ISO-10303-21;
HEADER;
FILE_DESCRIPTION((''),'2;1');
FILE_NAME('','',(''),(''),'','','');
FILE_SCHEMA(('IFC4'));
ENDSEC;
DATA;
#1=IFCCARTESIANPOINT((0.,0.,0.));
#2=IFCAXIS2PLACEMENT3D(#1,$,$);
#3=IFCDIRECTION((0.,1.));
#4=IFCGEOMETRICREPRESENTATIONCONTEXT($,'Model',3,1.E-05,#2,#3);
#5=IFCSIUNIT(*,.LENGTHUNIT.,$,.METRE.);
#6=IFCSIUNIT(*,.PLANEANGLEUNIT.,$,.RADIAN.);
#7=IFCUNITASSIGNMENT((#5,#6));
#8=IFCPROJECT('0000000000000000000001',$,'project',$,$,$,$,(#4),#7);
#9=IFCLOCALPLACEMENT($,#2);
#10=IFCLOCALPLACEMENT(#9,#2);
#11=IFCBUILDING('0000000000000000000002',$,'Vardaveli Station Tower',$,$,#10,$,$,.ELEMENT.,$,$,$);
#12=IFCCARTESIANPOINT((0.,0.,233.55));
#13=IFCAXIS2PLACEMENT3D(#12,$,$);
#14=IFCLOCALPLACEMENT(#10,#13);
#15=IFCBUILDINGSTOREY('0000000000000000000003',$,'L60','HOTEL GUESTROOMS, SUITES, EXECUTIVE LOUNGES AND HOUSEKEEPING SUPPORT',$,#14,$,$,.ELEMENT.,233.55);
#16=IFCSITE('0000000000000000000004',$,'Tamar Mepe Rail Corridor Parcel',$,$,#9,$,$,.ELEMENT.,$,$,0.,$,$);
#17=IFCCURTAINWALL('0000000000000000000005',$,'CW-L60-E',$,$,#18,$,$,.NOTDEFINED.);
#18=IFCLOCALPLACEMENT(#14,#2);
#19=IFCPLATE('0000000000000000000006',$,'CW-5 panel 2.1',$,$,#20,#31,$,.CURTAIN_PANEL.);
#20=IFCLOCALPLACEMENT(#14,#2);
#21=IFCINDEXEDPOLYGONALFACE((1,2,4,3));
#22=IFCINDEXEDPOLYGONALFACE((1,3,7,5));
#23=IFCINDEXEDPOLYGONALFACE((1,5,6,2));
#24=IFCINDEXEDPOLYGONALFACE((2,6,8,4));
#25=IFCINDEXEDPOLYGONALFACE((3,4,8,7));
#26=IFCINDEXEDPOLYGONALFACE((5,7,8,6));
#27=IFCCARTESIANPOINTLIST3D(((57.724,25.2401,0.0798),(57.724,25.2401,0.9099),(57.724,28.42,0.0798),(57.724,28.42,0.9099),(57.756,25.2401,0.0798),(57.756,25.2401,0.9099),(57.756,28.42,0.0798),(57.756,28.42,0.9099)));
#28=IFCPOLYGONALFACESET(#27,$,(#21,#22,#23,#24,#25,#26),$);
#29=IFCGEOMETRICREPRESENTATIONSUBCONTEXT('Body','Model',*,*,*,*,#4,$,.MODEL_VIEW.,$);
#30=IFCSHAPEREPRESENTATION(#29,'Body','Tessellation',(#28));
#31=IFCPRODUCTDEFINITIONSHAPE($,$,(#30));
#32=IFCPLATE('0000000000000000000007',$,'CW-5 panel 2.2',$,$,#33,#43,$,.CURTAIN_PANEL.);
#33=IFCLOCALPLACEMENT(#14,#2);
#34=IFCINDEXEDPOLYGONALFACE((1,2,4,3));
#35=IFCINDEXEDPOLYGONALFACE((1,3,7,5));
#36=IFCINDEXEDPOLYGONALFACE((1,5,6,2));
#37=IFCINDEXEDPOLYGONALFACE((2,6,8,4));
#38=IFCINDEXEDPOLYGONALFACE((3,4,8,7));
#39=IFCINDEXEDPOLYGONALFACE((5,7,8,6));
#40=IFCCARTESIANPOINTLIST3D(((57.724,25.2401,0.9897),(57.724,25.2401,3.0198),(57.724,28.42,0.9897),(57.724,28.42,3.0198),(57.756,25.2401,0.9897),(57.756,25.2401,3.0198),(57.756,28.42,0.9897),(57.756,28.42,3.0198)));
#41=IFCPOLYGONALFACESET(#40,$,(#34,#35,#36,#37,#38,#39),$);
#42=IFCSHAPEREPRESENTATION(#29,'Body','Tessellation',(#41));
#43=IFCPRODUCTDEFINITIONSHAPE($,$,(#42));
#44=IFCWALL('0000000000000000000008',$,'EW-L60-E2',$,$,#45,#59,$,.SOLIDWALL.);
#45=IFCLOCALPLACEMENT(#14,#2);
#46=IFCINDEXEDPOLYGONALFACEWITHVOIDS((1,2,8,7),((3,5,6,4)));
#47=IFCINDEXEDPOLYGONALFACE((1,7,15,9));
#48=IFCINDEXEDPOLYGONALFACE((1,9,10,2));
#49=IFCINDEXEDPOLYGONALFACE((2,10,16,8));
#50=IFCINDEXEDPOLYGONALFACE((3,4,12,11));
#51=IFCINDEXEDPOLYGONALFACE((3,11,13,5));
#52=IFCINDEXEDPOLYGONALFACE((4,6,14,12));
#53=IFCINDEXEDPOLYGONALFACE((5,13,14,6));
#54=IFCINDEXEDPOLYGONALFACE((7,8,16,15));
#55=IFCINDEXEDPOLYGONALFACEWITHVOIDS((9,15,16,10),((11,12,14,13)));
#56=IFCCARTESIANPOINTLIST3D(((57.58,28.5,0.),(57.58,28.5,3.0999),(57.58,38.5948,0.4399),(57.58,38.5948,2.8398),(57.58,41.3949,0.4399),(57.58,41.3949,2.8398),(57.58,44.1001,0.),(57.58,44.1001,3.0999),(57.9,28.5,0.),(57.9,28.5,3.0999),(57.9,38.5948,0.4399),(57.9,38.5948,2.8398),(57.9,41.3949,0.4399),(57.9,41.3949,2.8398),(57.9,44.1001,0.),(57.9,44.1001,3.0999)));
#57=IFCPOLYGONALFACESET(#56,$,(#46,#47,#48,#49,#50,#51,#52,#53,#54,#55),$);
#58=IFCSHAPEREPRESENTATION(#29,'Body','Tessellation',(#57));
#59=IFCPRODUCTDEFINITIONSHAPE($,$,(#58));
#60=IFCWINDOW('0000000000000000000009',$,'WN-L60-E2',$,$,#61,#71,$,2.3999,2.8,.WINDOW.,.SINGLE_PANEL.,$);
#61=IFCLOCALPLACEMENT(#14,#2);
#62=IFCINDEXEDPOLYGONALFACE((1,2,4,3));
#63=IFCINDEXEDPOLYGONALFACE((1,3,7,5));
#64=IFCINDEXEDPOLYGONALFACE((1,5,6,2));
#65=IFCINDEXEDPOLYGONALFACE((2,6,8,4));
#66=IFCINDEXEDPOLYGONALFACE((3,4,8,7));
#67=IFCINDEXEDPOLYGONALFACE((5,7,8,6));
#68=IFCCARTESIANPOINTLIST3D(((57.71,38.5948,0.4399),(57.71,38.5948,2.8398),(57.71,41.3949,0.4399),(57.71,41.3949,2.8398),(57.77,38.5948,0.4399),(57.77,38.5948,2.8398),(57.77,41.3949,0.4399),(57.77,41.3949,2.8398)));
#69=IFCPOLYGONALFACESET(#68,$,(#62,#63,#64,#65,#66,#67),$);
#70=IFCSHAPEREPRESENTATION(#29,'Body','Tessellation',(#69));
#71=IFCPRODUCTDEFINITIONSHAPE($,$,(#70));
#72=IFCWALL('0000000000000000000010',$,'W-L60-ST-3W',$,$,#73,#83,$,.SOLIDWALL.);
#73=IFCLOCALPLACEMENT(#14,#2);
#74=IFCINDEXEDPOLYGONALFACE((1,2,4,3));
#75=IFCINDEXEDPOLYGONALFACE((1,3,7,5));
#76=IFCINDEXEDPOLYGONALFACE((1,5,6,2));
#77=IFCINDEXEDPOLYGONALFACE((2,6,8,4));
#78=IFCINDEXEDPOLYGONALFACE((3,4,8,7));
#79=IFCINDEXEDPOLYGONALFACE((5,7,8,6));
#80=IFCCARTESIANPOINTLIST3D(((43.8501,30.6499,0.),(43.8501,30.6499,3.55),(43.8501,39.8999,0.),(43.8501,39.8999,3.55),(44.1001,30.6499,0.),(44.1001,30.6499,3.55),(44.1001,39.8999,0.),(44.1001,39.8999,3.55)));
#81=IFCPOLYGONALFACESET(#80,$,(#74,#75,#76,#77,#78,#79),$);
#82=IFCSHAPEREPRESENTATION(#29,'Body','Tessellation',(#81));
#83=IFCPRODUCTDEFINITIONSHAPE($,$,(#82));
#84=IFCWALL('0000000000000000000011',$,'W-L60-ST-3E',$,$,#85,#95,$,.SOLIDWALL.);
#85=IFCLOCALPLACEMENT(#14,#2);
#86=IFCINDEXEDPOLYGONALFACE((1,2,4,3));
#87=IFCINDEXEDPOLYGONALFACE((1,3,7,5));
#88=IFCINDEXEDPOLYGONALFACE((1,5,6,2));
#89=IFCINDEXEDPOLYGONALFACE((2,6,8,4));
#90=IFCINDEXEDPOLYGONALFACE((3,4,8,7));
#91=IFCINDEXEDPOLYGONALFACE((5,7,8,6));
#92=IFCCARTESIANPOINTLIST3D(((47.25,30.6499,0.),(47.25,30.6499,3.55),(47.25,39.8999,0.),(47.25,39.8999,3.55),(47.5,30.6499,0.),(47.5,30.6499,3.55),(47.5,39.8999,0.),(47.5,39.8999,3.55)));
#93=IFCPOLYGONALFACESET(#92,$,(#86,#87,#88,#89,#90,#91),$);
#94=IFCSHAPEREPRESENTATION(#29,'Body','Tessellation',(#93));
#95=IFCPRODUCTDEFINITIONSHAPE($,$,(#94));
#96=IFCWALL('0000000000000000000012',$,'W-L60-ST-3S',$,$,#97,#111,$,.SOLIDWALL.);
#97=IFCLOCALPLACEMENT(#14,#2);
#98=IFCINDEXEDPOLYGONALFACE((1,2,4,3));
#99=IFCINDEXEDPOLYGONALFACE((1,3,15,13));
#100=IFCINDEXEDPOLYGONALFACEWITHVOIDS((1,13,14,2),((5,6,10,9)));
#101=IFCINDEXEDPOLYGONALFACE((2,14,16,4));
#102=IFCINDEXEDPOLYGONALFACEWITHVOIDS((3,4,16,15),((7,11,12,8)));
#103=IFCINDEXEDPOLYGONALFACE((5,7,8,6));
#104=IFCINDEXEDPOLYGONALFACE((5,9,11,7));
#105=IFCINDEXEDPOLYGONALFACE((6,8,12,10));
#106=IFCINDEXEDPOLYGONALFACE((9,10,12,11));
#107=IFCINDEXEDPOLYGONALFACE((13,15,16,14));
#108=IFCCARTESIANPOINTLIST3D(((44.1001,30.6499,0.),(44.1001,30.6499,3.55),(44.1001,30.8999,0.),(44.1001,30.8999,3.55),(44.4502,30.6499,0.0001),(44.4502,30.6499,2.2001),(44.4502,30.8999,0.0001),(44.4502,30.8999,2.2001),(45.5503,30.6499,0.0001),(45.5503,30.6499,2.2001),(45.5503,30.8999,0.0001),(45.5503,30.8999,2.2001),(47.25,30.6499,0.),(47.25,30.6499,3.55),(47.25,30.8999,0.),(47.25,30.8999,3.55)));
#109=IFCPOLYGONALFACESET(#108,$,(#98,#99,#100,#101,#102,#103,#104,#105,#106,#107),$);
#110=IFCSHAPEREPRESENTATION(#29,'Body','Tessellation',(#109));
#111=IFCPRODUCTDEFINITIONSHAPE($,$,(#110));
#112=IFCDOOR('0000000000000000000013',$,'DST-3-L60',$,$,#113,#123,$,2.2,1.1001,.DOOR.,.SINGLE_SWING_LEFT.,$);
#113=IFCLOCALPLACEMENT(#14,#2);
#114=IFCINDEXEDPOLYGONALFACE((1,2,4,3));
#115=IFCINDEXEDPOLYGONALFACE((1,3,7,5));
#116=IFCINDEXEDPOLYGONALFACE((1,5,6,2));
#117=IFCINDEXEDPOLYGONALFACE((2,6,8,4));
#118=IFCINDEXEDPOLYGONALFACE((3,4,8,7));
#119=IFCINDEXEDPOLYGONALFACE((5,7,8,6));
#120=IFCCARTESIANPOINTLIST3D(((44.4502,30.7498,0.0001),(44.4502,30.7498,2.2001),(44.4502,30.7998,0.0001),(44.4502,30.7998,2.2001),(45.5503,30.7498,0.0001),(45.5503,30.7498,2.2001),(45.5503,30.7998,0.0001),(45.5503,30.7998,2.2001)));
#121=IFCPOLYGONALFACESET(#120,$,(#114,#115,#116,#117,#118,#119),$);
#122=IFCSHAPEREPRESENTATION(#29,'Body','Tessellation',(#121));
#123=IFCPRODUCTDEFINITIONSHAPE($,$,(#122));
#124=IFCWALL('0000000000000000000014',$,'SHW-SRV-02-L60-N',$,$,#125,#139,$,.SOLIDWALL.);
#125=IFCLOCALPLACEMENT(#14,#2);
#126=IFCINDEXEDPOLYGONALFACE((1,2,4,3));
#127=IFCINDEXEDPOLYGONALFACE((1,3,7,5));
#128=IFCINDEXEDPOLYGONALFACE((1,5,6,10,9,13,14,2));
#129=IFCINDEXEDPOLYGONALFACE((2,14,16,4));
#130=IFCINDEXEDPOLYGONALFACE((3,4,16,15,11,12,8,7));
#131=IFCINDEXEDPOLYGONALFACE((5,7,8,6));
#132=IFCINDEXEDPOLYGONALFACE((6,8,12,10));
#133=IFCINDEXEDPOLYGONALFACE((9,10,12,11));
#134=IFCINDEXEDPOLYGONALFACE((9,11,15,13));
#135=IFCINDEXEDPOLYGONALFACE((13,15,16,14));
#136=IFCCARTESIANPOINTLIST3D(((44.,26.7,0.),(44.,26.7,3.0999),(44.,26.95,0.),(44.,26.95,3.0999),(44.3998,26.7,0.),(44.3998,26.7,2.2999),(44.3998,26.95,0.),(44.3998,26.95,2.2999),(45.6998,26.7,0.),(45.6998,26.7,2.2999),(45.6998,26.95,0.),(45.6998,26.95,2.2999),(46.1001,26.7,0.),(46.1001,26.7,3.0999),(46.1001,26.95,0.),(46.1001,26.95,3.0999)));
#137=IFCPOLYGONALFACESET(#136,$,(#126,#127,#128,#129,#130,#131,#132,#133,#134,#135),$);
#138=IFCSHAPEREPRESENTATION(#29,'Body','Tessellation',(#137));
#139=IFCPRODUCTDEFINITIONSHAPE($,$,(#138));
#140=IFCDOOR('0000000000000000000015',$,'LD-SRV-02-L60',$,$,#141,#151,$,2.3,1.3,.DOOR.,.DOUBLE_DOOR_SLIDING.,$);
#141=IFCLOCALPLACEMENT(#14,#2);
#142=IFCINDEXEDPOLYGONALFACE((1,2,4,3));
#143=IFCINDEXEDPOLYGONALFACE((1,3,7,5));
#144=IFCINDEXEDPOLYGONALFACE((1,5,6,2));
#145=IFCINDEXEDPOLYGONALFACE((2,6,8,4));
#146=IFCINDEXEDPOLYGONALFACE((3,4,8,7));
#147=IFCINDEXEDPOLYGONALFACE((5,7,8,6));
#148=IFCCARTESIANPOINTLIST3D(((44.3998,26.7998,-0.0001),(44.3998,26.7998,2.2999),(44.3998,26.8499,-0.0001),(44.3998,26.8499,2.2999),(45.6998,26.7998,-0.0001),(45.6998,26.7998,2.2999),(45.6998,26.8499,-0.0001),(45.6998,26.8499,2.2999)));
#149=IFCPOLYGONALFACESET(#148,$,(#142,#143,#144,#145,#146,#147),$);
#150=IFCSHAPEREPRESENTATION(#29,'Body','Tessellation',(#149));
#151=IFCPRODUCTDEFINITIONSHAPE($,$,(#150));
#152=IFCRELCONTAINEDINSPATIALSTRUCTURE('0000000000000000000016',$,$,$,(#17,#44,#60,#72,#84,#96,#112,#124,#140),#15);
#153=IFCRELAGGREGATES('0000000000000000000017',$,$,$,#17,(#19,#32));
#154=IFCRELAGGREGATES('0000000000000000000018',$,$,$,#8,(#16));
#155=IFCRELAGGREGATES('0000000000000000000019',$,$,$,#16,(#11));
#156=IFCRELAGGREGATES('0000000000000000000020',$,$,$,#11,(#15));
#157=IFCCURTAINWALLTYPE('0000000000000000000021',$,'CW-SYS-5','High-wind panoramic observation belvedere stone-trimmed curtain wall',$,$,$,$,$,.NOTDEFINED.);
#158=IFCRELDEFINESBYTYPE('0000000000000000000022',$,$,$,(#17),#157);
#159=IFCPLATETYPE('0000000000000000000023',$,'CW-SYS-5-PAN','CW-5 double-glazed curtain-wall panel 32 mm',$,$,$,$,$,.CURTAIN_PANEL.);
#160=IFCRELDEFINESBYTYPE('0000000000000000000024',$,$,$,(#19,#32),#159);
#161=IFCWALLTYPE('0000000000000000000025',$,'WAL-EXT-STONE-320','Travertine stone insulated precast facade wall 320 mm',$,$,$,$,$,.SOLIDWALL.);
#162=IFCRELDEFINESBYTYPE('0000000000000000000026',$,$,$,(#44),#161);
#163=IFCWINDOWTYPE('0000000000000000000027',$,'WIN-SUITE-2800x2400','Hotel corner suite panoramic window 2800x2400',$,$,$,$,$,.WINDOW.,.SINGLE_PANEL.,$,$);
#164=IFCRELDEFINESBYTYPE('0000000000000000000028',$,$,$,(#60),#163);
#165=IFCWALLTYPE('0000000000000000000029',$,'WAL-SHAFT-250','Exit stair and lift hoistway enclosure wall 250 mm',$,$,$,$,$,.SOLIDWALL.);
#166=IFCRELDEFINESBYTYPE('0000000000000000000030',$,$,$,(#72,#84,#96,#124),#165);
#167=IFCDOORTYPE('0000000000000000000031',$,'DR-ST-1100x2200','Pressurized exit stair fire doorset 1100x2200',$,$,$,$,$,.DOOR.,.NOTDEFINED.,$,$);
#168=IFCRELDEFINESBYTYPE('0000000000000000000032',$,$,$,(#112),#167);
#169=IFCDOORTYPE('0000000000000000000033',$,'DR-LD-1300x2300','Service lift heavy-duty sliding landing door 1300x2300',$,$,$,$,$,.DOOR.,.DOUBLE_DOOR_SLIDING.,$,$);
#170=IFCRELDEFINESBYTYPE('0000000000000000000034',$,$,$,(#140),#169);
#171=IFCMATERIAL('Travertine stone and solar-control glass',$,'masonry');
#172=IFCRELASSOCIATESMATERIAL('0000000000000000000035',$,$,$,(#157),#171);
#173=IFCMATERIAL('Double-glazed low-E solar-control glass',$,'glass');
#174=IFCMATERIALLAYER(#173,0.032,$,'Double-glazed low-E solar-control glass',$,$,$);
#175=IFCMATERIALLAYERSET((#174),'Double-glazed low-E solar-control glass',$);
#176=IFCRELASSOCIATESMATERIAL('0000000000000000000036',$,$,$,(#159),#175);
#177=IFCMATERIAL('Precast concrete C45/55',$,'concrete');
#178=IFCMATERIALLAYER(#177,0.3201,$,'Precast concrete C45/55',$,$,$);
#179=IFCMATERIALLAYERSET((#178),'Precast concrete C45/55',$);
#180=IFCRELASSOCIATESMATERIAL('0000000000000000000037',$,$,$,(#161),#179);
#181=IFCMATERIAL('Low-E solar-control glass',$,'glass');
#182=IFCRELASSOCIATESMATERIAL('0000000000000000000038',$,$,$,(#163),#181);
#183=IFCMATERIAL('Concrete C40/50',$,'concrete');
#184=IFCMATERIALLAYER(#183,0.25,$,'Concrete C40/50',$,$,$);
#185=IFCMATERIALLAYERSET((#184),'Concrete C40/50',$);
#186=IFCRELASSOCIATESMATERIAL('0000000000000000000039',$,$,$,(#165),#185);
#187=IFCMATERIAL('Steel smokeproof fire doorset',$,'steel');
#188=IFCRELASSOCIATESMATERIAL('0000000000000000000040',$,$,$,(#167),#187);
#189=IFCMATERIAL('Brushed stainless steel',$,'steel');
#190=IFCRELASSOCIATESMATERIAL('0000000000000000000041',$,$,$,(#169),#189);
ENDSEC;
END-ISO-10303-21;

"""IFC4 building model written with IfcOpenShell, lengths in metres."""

from ifc_helpers import new_model, si_unit, direction, frame, frame_2d, origin, origin_2d, place, context, subcontext, project, spatial, rectangle, extrude, source, transform, mapped, material, layer, layer_set, type_object, element, fill, aggregate, save


model = new_model("IFC4")

# Units and contexts
model_context = context("Model", 3, precision=1e-05, world=origin(), true_north=direction((0.0, 1.0)))
body_context = subcontext(model_context, "Body", "Model", "MODEL_VIEW")
ifc_project = project(units=[si_unit("LENGTHUNIT", "METRE"), si_unit("PLANEANGLEUNIT", "RADIAN")], contexts=[model_context])

# Site, building, storey
site_placement = place(None, origin())
site = spatial("IfcSite", under=ifc_project, at=site_placement, Name="Tamar Mepe Rail Corridor Parcel", CompositionType="ELEMENT", RefElevation=0.0)
building_placement = place(site_placement, origin())
building = spatial("IfcBuilding", under=site, at=building_placement, Name="Vardaveli Station Tower", CompositionType="ELEMENT")
storey_placement = place(building_placement, frame((0.0, 0.0, 233.55)))
storey = spatial("IfcBuildingStorey", under=building, at=storey_placement, Name="L60", Description="HOTEL GUESTROOMS, SUITES, EXECUTIVE LOUNGES AND HOUSEKEEPING SUPPORT", CompositionType="ELEMENT", Elevation=233.55)

# Shared definitions
ifc_material_1 = material(Name="Precast concrete C45/55", Category="concrete")

# Curtain wall, plates
ifc_material_2 = material(Name="Travertine stone and solar-control glass", Category="masonry")
curtain_wall_type = type_object("IfcCurtainWallType", Name="CW-SYS-5", Description="High-wind panoramic observation belvedere stone-trimmed curtain wall", PredefinedType="NOTDEFINED", material=ifc_material_2)
curtain_wall_placement = place(storey_placement, origin())
curtain_wall = element("IfcCurtainWall", 1, at=curtain_wall_placement, inside=storey, type_object=curtain_wall_type, Name="CW-L60-E", PredefinedType="NOTDEFINED")
ifc_material_3 = material(Name="Double-glazed low-E solar-control glass", Category="glass")
ifc_layer_1 = layer(ifc_material_3, 0.032, Name="Double-glazed low-E solar-control glass")
ifc_layer_set_1 = layer_set([ifc_layer_1], Name="Double-glazed low-E solar-control glass")
plate_type = type_object("IfcPlateType", Name="CW-SYS-5-PAN", Description="CW-5 double-glazed curtain-wall panel 32 mm", PredefinedType="CURTAIN_PANEL", material=ifc_layer_set_1)
shared_shape_1 = source(origin(), body_context, "Body", "SweptSolid", [
    extrude(rectangle(XDim=3.1799, YDim=0.032, at=origin_2d()), origin(), (0.0, 0.0, 1.0), 0.8301),
])
plate_1_placement = place(storey_placement, frame((57.74, 26.8301, 0.0798), z_axis=(0.0, 0.0, 1.0), x_axis=(0.0, 1.0, 0.0)))
plate_1 = element("IfcPlate", 2, at=plate_1_placement, type_object=plate_type, Name="CW-5 panel 2.1", PredefinedType="CURTAIN_PANEL", context=body_context, shape_type="MappedRepresentation", body=[
    mapped(shared_shape_1, transform((0.0, 0.0, 0.0), scale=1.0)),
])
shared_shape_2 = source(origin(), body_context, "Body", "SweptSolid", [
    extrude(rectangle(XDim=3.1799, YDim=0.032, at=origin_2d()), origin(), (0.0, 0.0, 1.0), 2.03),
])
plate_2_placement = place(storey_placement, frame((57.74, 26.8301, 0.9897), z_axis=(0.0, 0.0, 1.0), x_axis=(0.0, 1.0, 0.0)))
plate_2 = element("IfcPlate", 3, at=plate_2_placement, type_object=plate_type, Name="CW-5 panel 2.2", PredefinedType="CURTAIN_PANEL", context=body_context, shape_type="MappedRepresentation", body=[
    mapped(shared_shape_2, transform((0.0, 0.0, 0.0), scale=1.0)),
])
aggregate(curtain_wall, [plate_1, plate_2])

# Wall, opening, window
ifc_layer_2 = layer(ifc_material_1, 0.3201, Name="Precast concrete C45/55")
ifc_layer_set_2 = layer_set([ifc_layer_2], Name="Precast concrete C45/55")
wall_type_1 = type_object("IfcWallType", Name="WAL-EXT-STONE-320", Description="Travertine stone insulated precast facade wall 320 mm", PredefinedType="SOLIDWALL", material=ifc_layer_set_2)
shared_shape_3 = source(origin(), body_context, "Body", "SweptSolid", [
    extrude(rectangle(XDim=15.6001, YDim=0.3201, at=frame_2d((7.8, 0.0))), origin(), (0.0, 0.0, 1.0), 3.0999),
])
wall_1_placement = place(storey_placement, frame((57.74, 28.5, 0.0), z_axis=(0.0, 0.0, 1.0), x_axis=(0.0, 1.0, 0.0)))
wall_1 = element("IfcWall", 4, at=wall_1_placement, inside=storey, type_object=wall_type_1, Name="EW-L60-E2", PredefinedType="SOLIDWALL", context=body_context, shape_type="MappedRepresentation", body=[
    mapped(shared_shape_3, transform((0.0, 0.0, 0.0), scale=1.0)),
])
shared_shape_4 = source(origin(), body_context, "Body", "SweptSolid", [
    extrude(rectangle(XDim=2.8, YDim=2.3999, at=frame_2d((1.3999, 1.2))), frame((0.0, 0.1699, 0.0), z_axis=(0.0, -1.0, 0.0), x_axis=(1.0, 0.0, 0.0)), (0.0, 0.0, 1.0), 0.3401),
])
opening_1_placement = place(wall_1_placement, frame((10.095, 0.0, 0.4399)))
opening_1 = element("IfcOpeningElement", 5, at=opening_1_placement, cuts=wall_1, PredefinedType="OPENING", context=body_context, shape_type="MappedRepresentation", body=[
    mapped(shared_shape_4, transform((0.0, 0.0, 0.0), scale=1.0)),
])
ifc_material_4 = material(Name="Low-E solar-control glass", Category="glass")
window_type = type_object("IfcWindowType", Name="WIN-SUITE-2800x2400", Description="Hotel corner suite panoramic window 2800x2400", PartitioningType="SINGLE_PANEL", PredefinedType="WINDOW", material=ifc_material_4)
shared_shape_5 = source(origin(), body_context, "Body", "SweptSolid", [
    extrude(rectangle(XDim=2.8, YDim=2.3999, at=frame_2d((1.3999, 1.2))), frame((0.0, 0.03, 0.0), z_axis=(0.0, -1.0, 0.0), x_axis=(1.0, 0.0, 0.0)), (0.0, 0.0, 1.0), 0.0601),
])
window_placement = place(opening_1_placement, origin())
window = element("IfcWindow", 6, at=window_placement, inside=storey, type_object=window_type, Name="WN-L60-E2", OverallHeight=2.3999, OverallWidth=2.8, PartitioningType="SINGLE_PANEL", PredefinedType="WINDOW", context=body_context, shape_type="MappedRepresentation", body=[
    mapped(shared_shape_5, transform((0.0, 0.0, 0.0), scale=1.0)),
])
fill(opening_1, window)

# Walls
ifc_material_5 = material(Name="Concrete C40/50", Category="concrete")
ifc_layer_3 = layer(ifc_material_5, 0.25, Name="Concrete C40/50")
ifc_layer_set_3 = layer_set([ifc_layer_3], Name="Concrete C40/50")
wall_type_2 = type_object("IfcWallType", Name="WAL-SHAFT-250", Description="Exit stair and lift hoistway enclosure wall 250 mm", PredefinedType="SOLIDWALL", material=ifc_layer_set_3)
shared_shape_6 = source(origin(), body_context, "Body", "SweptSolid", [
    extrude(rectangle(XDim=9.25, YDim=0.25, at=frame_2d((4.625, 0.0))), origin(), (0.0, 0.0, 1.0), 3.55),
])
for number, where, z_axis, x_axis, name in (
    (7, (43.9751, 30.6499, 0.0), (0.0, 0.0, 1.0), (0.0, 1.0, 0.0), "W-L60-ST-3W"),
    (8, (47.375, 30.6499, 0.0), (0.0, 0.0, 1.0), (0.0, 1.0, 0.0), "W-L60-ST-3E"),
):
    element("IfcWall", number, at=place(storey_placement, frame(where, z_axis=z_axis, x_axis=x_axis)), inside=storey, type_object=wall_type_2, Name=name, PredefinedType="SOLIDWALL", context=body_context, shape_type="MappedRepresentation", body=[
        mapped(shared_shape_6, transform((0.0, 0.0, 0.0), scale=1.0)),
    ])

# Walls, openings, doors
shared_shape_7 = source(origin(), body_context, "Body", "SweptSolid", [
    extrude(rectangle(XDim=3.1499, YDim=0.25, at=frame_2d((1.575, 0.0))), origin(), (0.0, 0.0, 1.0), 3.55),
])
wall_2_placement = place(storey_placement, frame((44.1001, 30.7749, 0.0), z_axis=(0.0, 0.0, 1.0), x_axis=(1.0, 0.0, 0.0)))
wall_2 = element("IfcWall", 9, at=wall_2_placement, inside=storey, type_object=wall_type_2, Name="W-L60-ST-3S", PredefinedType="SOLIDWALL", context=body_context, shape_type="MappedRepresentation", body=[
    mapped(shared_shape_7, transform((0.0, 0.0, 0.0), scale=1.0)),
])
shared_shape_8 = source(origin(), body_context, "Body", "SweptSolid", [
    extrude(rectangle(XDim=1.1001, YDim=2.2, at=frame_2d((0.55, 1.1001))), frame((0.0, 0.135, 0.0), z_axis=(0.0, -1.0, 0.0), x_axis=(1.0, 0.0, 0.0)), (0.0, 0.0, 1.0), 0.27),
])
opening_2_placement = place(wall_2_placement, frame((0.3501, 0.0, 0.0)))
opening_2 = element("IfcOpeningElement", 10, at=opening_2_placement, cuts=wall_2, PredefinedType="OPENING", context=body_context, shape_type="MappedRepresentation", body=[
    mapped(shared_shape_8, transform((0.0, 0.0, 0.0), scale=1.0)),
])
ifc_material_6 = material(Name="Steel smokeproof fire doorset", Category="steel")
door_type_1 = type_object("IfcDoorType", Name="DR-ST-1100x2200", Description="Pressurized exit stair fire doorset 1100x2200", OperationType="NOTDEFINED", PredefinedType="DOOR", material=ifc_material_6)
shared_shape_9 = source(origin(), body_context, "Body", "SweptSolid", [
    extrude(rectangle(XDim=1.1001, YDim=2.2, at=frame_2d((0.55, 1.1001))), frame((0.0, 0.0249, 0.0), z_axis=(0.0, -1.0, 0.0), x_axis=(1.0, 0.0, 0.0)), (0.0, 0.0, 1.0), 0.05),
])
door_1_placement = place(opening_2_placement, origin())
door_1 = element("IfcDoor", 11, at=door_1_placement, inside=storey, type_object=door_type_1, Name="DST-3-L60", OperationType="SINGLE_SWING_LEFT", OverallHeight=2.2, OverallWidth=1.1001, PredefinedType="DOOR", context=body_context, shape_type="MappedRepresentation", body=[
    mapped(shared_shape_9, transform((0.0, 0.0, 0.0), scale=1.0)),
])
fill(opening_2, door_1)
shared_shape_10 = source(origin(), body_context, "Body", "SweptSolid", [
    extrude(rectangle(XDim=2.1001, YDim=0.25, at=frame_2d((1.05, 0.0))), origin(), (0.0, 0.0, 1.0), 3.0999),
])
wall_3_placement = place(storey_placement, frame((44.0, 26.825, 0.0), z_axis=(0.0, 0.0, 1.0), x_axis=(1.0, 0.0, 0.0)))
wall_3 = element("IfcWall", 12, at=wall_3_placement, inside=storey, type_object=wall_type_2, Name="SHW-SRV-02-L60-N", PredefinedType="SOLIDWALL", context=body_context, shape_type="MappedRepresentation", body=[
    mapped(shared_shape_10, transform((0.0, 0.0, 0.0), scale=1.0)),
])
shared_shape_11 = source(origin(), body_context, "Body", "SweptSolid", [
    extrude(rectangle(XDim=1.3, YDim=2.3, at=frame_2d((0.6499, 1.1499))), frame((0.0, 0.135, 0.0), z_axis=(0.0, -1.0, 0.0), x_axis=(1.0, 0.0, 0.0)), (0.0, 0.0, 1.0), 0.27),
])
opening_3_placement = place(wall_3_placement, frame((0.3999, 0.0, 0.0)))
opening_3 = element("IfcOpeningElement", 13, at=opening_3_placement, cuts=wall_3, PredefinedType="OPENING", context=body_context, shape_type="MappedRepresentation", body=[
    mapped(shared_shape_11, transform((0.0, 0.0, 0.0), scale=1.0)),
])
ifc_material_7 = material(Name="Brushed stainless steel", Category="steel")
door_type_2 = type_object("IfcDoorType", Name="DR-LD-1300x2300", Description="Service lift heavy-duty sliding landing door 1300x2300", OperationType="DOUBLE_DOOR_SLIDING", PredefinedType="DOOR", material=ifc_material_7)
shared_shape_12 = source(origin(), body_context, "Body", "SweptSolid", [
    extrude(rectangle(XDim=1.3, YDim=2.3, at=frame_2d((0.6499, 1.1499))), frame((0.0, 0.0249, 0.0), z_axis=(0.0, -1.0, 0.0), x_axis=(1.0, 0.0, 0.0)), (0.0, 0.0, 1.0), 0.05),
])
door_2_placement = place(opening_3_placement, origin())
door_2 = element("IfcDoor", 14, at=door_2_placement, inside=storey, type_object=door_type_2, Name="LD-SRV-02-L60", OperationType="DOUBLE_DOOR_SLIDING", OverallHeight=2.3, OverallWidth=1.3, PredefinedType="DOOR", context=body_context, shape_type="MappedRepresentation", body=[
    mapped(shared_shape_12, transform((0.0, 0.0, 0.0), scale=1.0)),
])
fill(opening_3, door_2)

save(model, "model.ifc")
